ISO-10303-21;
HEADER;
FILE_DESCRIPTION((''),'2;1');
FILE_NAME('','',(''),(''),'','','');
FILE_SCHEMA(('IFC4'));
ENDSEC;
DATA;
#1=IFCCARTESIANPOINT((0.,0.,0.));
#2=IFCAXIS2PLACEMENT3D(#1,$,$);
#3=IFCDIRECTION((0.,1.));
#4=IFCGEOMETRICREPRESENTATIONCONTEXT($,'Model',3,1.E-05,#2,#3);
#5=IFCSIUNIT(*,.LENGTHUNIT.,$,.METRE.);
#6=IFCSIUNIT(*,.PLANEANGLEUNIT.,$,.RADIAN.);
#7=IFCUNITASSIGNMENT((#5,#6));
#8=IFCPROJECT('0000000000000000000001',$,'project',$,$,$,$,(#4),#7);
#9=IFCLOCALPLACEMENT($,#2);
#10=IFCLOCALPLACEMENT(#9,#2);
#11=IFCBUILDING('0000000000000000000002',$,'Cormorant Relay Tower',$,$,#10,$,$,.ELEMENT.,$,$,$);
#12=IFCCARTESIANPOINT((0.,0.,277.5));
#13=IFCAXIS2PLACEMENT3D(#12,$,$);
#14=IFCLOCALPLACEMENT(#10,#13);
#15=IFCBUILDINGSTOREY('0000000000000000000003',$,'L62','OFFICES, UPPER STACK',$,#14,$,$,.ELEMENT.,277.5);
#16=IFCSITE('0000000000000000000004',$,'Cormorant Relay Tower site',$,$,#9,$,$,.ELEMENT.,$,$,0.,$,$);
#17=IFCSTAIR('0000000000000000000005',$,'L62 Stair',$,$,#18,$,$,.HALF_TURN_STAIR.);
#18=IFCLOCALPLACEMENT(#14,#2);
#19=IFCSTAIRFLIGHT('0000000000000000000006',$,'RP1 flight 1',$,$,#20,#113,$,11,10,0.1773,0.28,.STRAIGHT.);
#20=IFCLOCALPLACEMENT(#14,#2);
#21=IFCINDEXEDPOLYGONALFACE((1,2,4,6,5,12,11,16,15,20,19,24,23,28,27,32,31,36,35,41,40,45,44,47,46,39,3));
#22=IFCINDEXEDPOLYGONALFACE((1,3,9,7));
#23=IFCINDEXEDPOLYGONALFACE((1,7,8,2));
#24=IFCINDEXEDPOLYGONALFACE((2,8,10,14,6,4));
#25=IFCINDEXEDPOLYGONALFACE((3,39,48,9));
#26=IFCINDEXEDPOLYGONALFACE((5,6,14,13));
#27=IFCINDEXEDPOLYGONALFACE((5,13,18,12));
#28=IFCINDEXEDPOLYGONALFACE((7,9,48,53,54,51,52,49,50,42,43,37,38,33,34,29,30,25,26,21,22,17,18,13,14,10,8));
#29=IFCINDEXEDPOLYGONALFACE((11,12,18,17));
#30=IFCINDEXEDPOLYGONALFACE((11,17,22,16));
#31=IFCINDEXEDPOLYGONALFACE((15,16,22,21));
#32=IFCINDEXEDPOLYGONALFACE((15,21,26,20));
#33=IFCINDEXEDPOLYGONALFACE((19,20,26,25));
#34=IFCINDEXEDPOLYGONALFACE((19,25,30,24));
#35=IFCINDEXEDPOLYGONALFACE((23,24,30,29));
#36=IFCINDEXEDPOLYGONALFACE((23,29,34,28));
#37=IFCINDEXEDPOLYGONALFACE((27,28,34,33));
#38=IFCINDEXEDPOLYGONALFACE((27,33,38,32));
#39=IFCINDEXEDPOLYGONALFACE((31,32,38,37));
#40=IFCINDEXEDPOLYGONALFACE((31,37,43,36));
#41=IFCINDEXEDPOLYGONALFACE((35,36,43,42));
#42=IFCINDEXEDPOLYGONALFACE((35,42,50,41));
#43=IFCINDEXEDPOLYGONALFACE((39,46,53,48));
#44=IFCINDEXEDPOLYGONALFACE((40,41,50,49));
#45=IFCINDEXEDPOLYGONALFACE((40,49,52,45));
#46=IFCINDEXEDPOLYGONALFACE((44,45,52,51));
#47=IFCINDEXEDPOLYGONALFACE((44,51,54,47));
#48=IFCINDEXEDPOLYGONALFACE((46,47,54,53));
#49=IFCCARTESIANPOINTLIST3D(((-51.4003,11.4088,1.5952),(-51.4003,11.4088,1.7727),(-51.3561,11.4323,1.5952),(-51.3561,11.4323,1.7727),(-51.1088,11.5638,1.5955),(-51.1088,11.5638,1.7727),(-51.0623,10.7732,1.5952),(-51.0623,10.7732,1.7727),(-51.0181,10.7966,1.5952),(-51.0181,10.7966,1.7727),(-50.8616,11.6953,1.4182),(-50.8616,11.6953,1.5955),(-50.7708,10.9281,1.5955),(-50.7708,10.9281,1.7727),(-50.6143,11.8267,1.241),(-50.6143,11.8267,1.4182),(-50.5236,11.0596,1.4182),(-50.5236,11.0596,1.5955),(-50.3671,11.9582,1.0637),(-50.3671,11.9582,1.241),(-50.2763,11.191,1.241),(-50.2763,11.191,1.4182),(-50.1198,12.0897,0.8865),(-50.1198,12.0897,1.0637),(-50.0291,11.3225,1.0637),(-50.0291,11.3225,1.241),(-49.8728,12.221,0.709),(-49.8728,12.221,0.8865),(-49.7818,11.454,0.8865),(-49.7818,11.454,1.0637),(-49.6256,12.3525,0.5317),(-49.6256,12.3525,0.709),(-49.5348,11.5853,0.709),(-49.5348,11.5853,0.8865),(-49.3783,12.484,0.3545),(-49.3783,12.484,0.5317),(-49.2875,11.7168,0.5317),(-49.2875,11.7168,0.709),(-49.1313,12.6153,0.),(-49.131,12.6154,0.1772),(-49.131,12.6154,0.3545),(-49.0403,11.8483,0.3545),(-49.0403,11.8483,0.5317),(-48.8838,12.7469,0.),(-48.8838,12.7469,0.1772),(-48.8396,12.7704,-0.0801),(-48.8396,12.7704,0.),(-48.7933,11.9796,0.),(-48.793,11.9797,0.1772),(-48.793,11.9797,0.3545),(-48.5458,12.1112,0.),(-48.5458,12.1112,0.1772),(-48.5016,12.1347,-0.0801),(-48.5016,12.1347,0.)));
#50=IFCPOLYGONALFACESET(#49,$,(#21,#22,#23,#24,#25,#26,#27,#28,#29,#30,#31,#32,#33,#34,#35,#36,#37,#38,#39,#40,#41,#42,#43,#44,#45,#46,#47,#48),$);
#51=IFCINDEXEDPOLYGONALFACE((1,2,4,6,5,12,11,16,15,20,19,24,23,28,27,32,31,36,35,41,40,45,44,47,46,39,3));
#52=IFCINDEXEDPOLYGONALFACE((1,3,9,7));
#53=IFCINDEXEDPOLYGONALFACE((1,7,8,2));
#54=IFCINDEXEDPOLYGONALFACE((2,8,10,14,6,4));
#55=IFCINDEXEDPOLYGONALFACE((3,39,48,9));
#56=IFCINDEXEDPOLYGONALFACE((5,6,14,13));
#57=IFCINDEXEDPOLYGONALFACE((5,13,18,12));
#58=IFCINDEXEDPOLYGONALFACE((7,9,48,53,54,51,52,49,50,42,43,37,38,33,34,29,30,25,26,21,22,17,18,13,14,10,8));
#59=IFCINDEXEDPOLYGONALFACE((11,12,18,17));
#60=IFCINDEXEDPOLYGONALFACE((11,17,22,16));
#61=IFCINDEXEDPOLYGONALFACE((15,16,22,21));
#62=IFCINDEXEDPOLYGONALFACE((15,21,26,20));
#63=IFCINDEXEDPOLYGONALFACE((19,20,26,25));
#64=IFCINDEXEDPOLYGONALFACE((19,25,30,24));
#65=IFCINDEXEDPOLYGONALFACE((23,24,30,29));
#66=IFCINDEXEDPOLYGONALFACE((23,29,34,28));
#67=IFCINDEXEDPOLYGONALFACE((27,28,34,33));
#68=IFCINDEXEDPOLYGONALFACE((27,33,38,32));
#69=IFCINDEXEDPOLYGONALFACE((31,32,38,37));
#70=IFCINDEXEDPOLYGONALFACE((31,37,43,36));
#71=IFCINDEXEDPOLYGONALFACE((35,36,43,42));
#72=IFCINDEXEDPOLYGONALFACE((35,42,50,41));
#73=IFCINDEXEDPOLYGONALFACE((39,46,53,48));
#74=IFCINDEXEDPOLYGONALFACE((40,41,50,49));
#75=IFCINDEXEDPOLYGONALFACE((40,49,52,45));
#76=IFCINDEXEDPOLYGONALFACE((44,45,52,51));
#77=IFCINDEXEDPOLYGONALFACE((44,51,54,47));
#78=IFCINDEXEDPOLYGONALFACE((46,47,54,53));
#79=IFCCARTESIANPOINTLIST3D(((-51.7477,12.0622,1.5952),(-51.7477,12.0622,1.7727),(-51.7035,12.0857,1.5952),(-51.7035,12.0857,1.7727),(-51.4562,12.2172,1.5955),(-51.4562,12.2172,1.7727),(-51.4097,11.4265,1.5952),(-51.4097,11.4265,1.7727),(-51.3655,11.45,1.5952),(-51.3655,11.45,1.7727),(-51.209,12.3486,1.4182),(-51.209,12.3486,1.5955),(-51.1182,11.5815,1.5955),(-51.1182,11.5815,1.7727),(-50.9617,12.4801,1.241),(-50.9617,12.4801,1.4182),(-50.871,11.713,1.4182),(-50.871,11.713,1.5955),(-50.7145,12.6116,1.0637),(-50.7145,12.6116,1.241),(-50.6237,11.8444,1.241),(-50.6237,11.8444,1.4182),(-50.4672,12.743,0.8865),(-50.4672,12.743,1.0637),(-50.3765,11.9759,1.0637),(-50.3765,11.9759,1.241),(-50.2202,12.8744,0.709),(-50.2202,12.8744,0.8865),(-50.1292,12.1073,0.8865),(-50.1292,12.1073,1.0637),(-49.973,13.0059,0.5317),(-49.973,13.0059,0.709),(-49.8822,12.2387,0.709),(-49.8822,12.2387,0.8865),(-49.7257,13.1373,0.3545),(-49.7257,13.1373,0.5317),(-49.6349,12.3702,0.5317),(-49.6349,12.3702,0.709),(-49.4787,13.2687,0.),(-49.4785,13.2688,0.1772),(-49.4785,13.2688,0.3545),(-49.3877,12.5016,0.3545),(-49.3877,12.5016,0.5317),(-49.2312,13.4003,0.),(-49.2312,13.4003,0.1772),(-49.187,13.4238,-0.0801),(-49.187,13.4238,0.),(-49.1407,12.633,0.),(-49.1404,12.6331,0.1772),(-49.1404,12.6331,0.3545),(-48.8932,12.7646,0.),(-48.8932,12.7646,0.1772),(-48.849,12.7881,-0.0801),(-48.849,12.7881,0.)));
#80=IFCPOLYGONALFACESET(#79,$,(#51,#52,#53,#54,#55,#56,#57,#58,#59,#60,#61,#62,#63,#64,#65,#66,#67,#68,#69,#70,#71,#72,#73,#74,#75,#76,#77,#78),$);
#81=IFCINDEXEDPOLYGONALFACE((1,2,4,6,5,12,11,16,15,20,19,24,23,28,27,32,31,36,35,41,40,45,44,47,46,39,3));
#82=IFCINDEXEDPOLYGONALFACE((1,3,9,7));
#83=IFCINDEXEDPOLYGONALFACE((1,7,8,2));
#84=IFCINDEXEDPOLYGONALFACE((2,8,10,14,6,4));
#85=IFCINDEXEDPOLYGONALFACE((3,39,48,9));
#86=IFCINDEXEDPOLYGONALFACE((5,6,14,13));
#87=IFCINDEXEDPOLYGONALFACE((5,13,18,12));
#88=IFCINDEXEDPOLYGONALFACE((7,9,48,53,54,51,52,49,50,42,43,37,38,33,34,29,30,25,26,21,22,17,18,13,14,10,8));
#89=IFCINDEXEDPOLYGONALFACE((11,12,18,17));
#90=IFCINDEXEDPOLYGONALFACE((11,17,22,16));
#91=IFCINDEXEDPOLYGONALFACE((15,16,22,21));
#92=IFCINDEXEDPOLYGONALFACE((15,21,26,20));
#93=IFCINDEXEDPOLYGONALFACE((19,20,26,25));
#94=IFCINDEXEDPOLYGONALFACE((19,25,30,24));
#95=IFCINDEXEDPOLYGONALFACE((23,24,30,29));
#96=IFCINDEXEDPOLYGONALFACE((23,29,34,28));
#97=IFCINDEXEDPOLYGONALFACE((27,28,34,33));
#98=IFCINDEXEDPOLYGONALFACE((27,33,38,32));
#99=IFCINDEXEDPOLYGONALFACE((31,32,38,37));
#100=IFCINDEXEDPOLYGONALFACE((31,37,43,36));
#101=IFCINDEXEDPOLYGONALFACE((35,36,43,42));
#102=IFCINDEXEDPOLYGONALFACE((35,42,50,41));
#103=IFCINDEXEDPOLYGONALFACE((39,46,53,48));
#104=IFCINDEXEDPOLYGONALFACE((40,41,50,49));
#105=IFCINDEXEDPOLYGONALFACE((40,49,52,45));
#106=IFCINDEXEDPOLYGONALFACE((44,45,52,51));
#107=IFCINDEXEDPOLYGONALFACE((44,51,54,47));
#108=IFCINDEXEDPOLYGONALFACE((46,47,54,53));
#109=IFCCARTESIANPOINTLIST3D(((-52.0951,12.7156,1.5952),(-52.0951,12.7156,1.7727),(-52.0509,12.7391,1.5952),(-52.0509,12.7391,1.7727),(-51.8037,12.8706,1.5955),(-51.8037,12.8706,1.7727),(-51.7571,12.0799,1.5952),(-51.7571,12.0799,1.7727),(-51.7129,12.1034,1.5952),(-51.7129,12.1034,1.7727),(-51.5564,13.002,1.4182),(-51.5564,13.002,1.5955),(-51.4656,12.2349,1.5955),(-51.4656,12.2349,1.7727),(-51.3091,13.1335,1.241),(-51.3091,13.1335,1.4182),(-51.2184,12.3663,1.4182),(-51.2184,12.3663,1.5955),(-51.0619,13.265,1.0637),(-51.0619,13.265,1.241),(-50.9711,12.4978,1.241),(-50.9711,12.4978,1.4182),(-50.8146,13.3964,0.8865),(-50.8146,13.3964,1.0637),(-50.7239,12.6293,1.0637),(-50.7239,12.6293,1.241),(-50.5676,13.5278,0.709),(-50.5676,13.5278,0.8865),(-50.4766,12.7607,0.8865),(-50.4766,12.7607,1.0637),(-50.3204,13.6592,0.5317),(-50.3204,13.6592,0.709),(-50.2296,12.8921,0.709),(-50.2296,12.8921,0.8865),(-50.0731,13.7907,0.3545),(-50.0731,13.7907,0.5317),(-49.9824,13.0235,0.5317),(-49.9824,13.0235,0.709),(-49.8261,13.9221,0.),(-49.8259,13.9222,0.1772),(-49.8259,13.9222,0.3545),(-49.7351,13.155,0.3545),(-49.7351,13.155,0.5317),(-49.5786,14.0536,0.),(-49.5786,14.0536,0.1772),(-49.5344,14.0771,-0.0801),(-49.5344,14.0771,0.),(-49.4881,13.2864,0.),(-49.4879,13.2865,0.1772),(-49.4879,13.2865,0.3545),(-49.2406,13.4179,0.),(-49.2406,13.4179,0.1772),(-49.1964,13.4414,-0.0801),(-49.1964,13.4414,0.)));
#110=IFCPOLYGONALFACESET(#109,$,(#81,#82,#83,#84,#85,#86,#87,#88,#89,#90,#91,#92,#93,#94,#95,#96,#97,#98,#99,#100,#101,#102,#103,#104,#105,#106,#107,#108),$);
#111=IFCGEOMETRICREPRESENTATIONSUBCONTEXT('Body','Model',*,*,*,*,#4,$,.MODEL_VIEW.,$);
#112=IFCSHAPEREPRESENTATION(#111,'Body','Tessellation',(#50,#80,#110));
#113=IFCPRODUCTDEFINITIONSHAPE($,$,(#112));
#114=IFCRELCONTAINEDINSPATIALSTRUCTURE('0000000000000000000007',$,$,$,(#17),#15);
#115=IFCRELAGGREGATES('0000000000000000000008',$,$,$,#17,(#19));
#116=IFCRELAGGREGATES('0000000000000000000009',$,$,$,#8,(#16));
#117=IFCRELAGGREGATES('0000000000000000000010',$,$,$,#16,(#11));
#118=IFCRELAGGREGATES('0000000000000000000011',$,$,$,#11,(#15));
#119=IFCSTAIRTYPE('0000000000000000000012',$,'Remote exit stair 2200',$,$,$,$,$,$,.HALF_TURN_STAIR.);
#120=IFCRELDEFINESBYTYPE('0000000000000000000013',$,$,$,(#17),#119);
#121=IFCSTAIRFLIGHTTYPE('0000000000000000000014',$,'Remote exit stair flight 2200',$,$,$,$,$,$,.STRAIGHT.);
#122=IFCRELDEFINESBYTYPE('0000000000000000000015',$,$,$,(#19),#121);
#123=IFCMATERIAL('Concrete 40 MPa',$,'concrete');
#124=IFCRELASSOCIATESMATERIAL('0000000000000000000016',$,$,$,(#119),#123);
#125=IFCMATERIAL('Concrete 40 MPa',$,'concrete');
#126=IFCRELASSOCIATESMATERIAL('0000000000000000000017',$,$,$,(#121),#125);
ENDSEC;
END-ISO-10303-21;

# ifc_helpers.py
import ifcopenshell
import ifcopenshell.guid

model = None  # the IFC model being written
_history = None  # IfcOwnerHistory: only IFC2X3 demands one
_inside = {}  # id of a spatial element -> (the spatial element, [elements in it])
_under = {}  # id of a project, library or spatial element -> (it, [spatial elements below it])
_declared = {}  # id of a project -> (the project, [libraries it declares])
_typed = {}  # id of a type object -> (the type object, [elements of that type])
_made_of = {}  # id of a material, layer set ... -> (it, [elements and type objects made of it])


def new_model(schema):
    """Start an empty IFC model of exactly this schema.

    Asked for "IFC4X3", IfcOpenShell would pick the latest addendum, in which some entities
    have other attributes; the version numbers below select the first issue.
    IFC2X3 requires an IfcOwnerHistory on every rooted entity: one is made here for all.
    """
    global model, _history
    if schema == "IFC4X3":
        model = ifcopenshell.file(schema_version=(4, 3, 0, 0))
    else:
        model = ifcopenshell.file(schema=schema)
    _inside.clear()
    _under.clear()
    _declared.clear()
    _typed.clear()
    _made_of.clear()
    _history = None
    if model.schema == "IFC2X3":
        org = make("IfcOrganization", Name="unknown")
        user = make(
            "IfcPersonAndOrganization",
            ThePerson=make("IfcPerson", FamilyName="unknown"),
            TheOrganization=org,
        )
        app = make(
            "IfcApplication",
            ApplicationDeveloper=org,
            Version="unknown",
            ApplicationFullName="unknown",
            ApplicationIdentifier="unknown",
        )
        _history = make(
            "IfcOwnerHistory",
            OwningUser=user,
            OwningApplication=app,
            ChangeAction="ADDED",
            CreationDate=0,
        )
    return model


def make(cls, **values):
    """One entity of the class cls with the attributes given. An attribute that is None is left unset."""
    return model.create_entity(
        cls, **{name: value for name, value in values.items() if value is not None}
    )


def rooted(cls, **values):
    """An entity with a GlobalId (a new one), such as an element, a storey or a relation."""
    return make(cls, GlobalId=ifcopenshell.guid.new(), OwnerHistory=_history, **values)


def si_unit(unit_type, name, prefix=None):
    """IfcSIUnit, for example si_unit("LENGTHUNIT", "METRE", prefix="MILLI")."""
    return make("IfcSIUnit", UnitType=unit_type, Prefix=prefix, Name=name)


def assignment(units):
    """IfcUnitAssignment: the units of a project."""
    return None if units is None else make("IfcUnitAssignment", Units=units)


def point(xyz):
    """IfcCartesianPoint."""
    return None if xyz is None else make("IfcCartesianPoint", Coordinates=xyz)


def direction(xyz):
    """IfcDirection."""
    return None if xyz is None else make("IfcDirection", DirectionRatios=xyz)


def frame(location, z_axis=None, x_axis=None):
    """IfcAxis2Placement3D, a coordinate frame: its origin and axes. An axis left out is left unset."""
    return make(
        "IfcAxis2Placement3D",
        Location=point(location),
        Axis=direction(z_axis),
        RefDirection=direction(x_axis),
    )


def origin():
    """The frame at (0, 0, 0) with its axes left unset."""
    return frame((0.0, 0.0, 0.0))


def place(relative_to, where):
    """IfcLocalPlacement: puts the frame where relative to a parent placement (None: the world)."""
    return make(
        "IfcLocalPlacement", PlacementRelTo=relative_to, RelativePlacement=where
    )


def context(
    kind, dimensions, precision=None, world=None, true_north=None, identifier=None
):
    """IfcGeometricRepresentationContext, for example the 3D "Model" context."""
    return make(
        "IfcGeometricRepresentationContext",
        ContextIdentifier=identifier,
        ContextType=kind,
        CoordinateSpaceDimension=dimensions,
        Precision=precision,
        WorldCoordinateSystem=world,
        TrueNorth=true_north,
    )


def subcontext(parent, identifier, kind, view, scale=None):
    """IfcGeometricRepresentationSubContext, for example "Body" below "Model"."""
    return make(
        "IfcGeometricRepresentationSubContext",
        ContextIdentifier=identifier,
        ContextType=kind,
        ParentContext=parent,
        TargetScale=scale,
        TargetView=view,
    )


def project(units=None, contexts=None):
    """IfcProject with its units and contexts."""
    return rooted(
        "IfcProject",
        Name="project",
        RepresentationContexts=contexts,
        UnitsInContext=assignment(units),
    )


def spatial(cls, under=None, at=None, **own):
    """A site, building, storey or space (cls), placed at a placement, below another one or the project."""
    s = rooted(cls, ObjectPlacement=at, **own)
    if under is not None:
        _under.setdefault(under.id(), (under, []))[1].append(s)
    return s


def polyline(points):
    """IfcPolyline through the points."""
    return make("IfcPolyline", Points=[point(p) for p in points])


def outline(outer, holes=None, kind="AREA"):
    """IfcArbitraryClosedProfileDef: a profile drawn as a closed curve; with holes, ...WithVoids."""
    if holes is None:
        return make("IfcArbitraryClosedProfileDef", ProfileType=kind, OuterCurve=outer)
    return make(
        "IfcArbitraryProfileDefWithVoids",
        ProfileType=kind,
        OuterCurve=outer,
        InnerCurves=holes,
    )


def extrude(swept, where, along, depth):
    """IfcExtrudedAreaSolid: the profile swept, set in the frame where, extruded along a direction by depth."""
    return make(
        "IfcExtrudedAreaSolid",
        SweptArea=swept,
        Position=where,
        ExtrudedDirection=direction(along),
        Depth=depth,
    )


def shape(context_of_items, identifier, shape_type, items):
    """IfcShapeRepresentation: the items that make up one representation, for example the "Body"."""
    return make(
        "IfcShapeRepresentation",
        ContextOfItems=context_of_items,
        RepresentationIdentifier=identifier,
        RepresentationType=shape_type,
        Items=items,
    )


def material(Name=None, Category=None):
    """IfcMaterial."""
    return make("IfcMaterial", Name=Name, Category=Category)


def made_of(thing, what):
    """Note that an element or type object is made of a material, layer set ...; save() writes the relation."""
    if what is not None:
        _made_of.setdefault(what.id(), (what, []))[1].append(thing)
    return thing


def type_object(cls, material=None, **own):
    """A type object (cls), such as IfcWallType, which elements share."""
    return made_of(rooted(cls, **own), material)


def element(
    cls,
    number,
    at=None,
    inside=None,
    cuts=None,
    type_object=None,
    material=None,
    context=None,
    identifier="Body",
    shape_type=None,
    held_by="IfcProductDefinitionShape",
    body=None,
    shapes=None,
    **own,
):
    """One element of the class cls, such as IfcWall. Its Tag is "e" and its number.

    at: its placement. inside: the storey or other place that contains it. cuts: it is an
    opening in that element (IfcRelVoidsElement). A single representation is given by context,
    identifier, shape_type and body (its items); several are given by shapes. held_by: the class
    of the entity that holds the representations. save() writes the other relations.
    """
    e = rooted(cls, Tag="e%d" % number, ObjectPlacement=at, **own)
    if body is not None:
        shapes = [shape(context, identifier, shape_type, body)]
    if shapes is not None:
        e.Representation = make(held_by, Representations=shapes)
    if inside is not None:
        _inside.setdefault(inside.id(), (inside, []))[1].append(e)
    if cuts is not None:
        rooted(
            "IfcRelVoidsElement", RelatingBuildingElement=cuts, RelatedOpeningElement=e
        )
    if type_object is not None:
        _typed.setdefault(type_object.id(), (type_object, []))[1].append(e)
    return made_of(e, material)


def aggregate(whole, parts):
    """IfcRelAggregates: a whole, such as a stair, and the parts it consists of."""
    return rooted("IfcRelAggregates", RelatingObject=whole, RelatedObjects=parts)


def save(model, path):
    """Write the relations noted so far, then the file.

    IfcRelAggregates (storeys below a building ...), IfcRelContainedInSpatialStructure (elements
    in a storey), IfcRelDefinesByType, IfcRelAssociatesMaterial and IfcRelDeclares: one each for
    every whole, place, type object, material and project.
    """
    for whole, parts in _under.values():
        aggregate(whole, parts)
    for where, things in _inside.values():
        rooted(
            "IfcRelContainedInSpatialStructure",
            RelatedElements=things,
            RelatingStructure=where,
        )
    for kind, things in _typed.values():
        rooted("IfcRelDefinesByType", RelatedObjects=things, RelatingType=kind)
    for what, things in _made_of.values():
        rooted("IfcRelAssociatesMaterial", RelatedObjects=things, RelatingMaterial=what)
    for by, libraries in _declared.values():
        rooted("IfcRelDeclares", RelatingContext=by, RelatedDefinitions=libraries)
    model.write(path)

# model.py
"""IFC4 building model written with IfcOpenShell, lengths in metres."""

from ifc_helpers import new_model, si_unit, direction, frame, origin, place, context, subcontext, project, spatial, polyline, outline, extrude, material, type_object, element, aggregate, save


model = new_model("IFC4")

# Units and contexts
model_context = context("Model", 3, precision=1e-05, world=origin(), true_north=direction((0.0, 1.0)))
body_context = subcontext(model_context, "Body", "Model", "MODEL_VIEW")
ifc_project = project(units=[si_unit("LENGTHUNIT", "METRE"), si_unit("PLANEANGLEUNIT", "RADIAN")], contexts=[model_context])

# Site, building, storey
site_placement = place(None, origin())
site = spatial("IfcSite", under=ifc_project, at=site_placement, Name="Cormorant Relay Tower site", CompositionType="ELEMENT", RefElevation=0.0)
building_placement = place(site_placement, origin())
building = spatial("IfcBuilding", under=site, at=building_placement, Name="Cormorant Relay Tower", CompositionType="ELEMENT")
storey_placement = place(building_placement, frame((0.0, 0.0, 277.5)))
storey = spatial("IfcBuildingStorey", under=building, at=storey_placement, Name="L62", Description="OFFICES, UPPER STACK", CompositionType="ELEMENT", Elevation=277.5)

# Stair, stair flight
ifc_material_1 = material(Name="Concrete 40 MPa", Category="concrete")
stair_type = type_object("IfcStairType", Name="Remote exit stair 2200", PredefinedType="HALF_TURN_STAIR", material=ifc_material_1)
stair_placement = place(storey_placement, origin())
stair = element("IfcStair", 1, at=stair_placement, inside=storey, type_object=stair_type, Name="L62 Stair", PredefinedType="HALF_TURN_STAIR")
ifc_material_2 = material(Name="Concrete 40 MPa", Category="concrete")
stair_flight_type = type_object("IfcStairFlightType", Name="Remote exit stair flight 2200", PredefinedType="STRAIGHT", material=ifc_material_2)
stair_flight_1_placement = place(storey_placement, frame((-49.0623, 13.0825, 0.0), z_axis=(0.0, 0.0, 1.0), x_axis=(-0.882948, -0.469472, 0.0)))
stair_flight_1 = element("IfcStairFlight", 2, at=stair_flight_1_placement, type_object=stair_flight_type, Name="RP1 flight 1", NumberOfRisers=11, NumberOfTreads=10, PredefinedType="STRAIGHT", RiserHeight=0.1773, TreadLength=0.28, context=body_context, shape_type="SweptSolid", body=[
    extrude(outline(polyline([(-0.05, -0.0801), (-0.05, 0.0), (0.0, 0.0), (0.0, 0.1772), (0.28, 0.1772), (0.28, 0.3545), (0.5601, 0.3545), (0.5601, 0.5317), (0.8401, 0.5317), (0.8401, 0.709), (1.1201, 0.709), (1.1201, 0.8865), (1.3999, 0.8865), (1.3999, 1.0637), (1.6799, 1.0637), (1.6799, 1.241), (1.96, 1.241), (1.96, 1.4182), (2.24, 1.4182), (2.24, 1.5955), (2.52, 1.5955), (2.52, 1.7727), (2.8, 1.7727), (2.8501, 1.7727), (2.8501, 1.5952), (2.8, 1.5952), (0.2803, 0.0), (-0.05, -0.0801)])), frame((0.0, 1.1001, 0.0), z_axis=(0.0, -1.0, 0.0), x_axis=(1.0, 0.0, 0.0)), (0.0, 0.0, 1.0), 0.72),
    extrude(outline(polyline([(-0.05, -0.0801), (-0.05, 0.0), (0.0, 0.0), (0.0, 0.1772), (0.28, 0.1772), (0.28, 0.3545), (0.5601, 0.3545), (0.5601, 0.5317), (0.8401, 0.5317), (0.8401, 0.709), (1.1201, 0.709), (1.1201, 0.8865), (1.3999, 0.8865), (1.3999, 1.0637), (1.6799, 1.0637), (1.6799, 1.241), (1.96, 1.241), (1.96, 1.4182), (2.24, 1.4182), (2.24, 1.5955), (2.52, 1.5955), (2.52, 1.7727), (2.8, 1.7727), (2.8501, 1.7727), (2.8501, 1.5952), (2.8, 1.5952), (0.2803, 0.0), (-0.05, -0.0801)])), frame((0.0, 0.3601, 0.0), z_axis=(0.0, -1.0, 0.0), x_axis=(1.0, 0.0, 0.0)), (0.0, 0.0, 1.0), 0.72),
    extrude(outline(polyline([(-0.05, -0.0801), (-0.05, 0.0), (0.0, 0.0), (0.0, 0.1772), (0.28, 0.1772), (0.28, 0.3545), (0.5601, 0.3545), (0.5601, 0.5317), (0.8401, 0.5317), (0.8401, 0.709), (1.1201, 0.709), (1.1201, 0.8865), (1.3999, 0.8865), (1.3999, 1.0637), (1.6799, 1.0637), (1.6799, 1.241), (1.96, 1.241), (1.96, 1.4182), (2.24, 1.4182), (2.24, 1.5955), (2.52, 1.5955), (2.52, 1.7727), (2.8, 1.7727), (2.8501, 1.7727), (2.8501, 1.5952), (2.8, 1.5952), (0.2803, 0.0), (-0.05, -0.0801)])), frame((0.0, -0.3799, 0.0), z_axis=(0.0, -1.0, 0.0), x_axis=(1.0, 0.0, 0.0)), (0.0, 0.0, 1.0), 0.72),
])
aggregate(stair, [stair_flight_1])

save(model, "model.ifc")
